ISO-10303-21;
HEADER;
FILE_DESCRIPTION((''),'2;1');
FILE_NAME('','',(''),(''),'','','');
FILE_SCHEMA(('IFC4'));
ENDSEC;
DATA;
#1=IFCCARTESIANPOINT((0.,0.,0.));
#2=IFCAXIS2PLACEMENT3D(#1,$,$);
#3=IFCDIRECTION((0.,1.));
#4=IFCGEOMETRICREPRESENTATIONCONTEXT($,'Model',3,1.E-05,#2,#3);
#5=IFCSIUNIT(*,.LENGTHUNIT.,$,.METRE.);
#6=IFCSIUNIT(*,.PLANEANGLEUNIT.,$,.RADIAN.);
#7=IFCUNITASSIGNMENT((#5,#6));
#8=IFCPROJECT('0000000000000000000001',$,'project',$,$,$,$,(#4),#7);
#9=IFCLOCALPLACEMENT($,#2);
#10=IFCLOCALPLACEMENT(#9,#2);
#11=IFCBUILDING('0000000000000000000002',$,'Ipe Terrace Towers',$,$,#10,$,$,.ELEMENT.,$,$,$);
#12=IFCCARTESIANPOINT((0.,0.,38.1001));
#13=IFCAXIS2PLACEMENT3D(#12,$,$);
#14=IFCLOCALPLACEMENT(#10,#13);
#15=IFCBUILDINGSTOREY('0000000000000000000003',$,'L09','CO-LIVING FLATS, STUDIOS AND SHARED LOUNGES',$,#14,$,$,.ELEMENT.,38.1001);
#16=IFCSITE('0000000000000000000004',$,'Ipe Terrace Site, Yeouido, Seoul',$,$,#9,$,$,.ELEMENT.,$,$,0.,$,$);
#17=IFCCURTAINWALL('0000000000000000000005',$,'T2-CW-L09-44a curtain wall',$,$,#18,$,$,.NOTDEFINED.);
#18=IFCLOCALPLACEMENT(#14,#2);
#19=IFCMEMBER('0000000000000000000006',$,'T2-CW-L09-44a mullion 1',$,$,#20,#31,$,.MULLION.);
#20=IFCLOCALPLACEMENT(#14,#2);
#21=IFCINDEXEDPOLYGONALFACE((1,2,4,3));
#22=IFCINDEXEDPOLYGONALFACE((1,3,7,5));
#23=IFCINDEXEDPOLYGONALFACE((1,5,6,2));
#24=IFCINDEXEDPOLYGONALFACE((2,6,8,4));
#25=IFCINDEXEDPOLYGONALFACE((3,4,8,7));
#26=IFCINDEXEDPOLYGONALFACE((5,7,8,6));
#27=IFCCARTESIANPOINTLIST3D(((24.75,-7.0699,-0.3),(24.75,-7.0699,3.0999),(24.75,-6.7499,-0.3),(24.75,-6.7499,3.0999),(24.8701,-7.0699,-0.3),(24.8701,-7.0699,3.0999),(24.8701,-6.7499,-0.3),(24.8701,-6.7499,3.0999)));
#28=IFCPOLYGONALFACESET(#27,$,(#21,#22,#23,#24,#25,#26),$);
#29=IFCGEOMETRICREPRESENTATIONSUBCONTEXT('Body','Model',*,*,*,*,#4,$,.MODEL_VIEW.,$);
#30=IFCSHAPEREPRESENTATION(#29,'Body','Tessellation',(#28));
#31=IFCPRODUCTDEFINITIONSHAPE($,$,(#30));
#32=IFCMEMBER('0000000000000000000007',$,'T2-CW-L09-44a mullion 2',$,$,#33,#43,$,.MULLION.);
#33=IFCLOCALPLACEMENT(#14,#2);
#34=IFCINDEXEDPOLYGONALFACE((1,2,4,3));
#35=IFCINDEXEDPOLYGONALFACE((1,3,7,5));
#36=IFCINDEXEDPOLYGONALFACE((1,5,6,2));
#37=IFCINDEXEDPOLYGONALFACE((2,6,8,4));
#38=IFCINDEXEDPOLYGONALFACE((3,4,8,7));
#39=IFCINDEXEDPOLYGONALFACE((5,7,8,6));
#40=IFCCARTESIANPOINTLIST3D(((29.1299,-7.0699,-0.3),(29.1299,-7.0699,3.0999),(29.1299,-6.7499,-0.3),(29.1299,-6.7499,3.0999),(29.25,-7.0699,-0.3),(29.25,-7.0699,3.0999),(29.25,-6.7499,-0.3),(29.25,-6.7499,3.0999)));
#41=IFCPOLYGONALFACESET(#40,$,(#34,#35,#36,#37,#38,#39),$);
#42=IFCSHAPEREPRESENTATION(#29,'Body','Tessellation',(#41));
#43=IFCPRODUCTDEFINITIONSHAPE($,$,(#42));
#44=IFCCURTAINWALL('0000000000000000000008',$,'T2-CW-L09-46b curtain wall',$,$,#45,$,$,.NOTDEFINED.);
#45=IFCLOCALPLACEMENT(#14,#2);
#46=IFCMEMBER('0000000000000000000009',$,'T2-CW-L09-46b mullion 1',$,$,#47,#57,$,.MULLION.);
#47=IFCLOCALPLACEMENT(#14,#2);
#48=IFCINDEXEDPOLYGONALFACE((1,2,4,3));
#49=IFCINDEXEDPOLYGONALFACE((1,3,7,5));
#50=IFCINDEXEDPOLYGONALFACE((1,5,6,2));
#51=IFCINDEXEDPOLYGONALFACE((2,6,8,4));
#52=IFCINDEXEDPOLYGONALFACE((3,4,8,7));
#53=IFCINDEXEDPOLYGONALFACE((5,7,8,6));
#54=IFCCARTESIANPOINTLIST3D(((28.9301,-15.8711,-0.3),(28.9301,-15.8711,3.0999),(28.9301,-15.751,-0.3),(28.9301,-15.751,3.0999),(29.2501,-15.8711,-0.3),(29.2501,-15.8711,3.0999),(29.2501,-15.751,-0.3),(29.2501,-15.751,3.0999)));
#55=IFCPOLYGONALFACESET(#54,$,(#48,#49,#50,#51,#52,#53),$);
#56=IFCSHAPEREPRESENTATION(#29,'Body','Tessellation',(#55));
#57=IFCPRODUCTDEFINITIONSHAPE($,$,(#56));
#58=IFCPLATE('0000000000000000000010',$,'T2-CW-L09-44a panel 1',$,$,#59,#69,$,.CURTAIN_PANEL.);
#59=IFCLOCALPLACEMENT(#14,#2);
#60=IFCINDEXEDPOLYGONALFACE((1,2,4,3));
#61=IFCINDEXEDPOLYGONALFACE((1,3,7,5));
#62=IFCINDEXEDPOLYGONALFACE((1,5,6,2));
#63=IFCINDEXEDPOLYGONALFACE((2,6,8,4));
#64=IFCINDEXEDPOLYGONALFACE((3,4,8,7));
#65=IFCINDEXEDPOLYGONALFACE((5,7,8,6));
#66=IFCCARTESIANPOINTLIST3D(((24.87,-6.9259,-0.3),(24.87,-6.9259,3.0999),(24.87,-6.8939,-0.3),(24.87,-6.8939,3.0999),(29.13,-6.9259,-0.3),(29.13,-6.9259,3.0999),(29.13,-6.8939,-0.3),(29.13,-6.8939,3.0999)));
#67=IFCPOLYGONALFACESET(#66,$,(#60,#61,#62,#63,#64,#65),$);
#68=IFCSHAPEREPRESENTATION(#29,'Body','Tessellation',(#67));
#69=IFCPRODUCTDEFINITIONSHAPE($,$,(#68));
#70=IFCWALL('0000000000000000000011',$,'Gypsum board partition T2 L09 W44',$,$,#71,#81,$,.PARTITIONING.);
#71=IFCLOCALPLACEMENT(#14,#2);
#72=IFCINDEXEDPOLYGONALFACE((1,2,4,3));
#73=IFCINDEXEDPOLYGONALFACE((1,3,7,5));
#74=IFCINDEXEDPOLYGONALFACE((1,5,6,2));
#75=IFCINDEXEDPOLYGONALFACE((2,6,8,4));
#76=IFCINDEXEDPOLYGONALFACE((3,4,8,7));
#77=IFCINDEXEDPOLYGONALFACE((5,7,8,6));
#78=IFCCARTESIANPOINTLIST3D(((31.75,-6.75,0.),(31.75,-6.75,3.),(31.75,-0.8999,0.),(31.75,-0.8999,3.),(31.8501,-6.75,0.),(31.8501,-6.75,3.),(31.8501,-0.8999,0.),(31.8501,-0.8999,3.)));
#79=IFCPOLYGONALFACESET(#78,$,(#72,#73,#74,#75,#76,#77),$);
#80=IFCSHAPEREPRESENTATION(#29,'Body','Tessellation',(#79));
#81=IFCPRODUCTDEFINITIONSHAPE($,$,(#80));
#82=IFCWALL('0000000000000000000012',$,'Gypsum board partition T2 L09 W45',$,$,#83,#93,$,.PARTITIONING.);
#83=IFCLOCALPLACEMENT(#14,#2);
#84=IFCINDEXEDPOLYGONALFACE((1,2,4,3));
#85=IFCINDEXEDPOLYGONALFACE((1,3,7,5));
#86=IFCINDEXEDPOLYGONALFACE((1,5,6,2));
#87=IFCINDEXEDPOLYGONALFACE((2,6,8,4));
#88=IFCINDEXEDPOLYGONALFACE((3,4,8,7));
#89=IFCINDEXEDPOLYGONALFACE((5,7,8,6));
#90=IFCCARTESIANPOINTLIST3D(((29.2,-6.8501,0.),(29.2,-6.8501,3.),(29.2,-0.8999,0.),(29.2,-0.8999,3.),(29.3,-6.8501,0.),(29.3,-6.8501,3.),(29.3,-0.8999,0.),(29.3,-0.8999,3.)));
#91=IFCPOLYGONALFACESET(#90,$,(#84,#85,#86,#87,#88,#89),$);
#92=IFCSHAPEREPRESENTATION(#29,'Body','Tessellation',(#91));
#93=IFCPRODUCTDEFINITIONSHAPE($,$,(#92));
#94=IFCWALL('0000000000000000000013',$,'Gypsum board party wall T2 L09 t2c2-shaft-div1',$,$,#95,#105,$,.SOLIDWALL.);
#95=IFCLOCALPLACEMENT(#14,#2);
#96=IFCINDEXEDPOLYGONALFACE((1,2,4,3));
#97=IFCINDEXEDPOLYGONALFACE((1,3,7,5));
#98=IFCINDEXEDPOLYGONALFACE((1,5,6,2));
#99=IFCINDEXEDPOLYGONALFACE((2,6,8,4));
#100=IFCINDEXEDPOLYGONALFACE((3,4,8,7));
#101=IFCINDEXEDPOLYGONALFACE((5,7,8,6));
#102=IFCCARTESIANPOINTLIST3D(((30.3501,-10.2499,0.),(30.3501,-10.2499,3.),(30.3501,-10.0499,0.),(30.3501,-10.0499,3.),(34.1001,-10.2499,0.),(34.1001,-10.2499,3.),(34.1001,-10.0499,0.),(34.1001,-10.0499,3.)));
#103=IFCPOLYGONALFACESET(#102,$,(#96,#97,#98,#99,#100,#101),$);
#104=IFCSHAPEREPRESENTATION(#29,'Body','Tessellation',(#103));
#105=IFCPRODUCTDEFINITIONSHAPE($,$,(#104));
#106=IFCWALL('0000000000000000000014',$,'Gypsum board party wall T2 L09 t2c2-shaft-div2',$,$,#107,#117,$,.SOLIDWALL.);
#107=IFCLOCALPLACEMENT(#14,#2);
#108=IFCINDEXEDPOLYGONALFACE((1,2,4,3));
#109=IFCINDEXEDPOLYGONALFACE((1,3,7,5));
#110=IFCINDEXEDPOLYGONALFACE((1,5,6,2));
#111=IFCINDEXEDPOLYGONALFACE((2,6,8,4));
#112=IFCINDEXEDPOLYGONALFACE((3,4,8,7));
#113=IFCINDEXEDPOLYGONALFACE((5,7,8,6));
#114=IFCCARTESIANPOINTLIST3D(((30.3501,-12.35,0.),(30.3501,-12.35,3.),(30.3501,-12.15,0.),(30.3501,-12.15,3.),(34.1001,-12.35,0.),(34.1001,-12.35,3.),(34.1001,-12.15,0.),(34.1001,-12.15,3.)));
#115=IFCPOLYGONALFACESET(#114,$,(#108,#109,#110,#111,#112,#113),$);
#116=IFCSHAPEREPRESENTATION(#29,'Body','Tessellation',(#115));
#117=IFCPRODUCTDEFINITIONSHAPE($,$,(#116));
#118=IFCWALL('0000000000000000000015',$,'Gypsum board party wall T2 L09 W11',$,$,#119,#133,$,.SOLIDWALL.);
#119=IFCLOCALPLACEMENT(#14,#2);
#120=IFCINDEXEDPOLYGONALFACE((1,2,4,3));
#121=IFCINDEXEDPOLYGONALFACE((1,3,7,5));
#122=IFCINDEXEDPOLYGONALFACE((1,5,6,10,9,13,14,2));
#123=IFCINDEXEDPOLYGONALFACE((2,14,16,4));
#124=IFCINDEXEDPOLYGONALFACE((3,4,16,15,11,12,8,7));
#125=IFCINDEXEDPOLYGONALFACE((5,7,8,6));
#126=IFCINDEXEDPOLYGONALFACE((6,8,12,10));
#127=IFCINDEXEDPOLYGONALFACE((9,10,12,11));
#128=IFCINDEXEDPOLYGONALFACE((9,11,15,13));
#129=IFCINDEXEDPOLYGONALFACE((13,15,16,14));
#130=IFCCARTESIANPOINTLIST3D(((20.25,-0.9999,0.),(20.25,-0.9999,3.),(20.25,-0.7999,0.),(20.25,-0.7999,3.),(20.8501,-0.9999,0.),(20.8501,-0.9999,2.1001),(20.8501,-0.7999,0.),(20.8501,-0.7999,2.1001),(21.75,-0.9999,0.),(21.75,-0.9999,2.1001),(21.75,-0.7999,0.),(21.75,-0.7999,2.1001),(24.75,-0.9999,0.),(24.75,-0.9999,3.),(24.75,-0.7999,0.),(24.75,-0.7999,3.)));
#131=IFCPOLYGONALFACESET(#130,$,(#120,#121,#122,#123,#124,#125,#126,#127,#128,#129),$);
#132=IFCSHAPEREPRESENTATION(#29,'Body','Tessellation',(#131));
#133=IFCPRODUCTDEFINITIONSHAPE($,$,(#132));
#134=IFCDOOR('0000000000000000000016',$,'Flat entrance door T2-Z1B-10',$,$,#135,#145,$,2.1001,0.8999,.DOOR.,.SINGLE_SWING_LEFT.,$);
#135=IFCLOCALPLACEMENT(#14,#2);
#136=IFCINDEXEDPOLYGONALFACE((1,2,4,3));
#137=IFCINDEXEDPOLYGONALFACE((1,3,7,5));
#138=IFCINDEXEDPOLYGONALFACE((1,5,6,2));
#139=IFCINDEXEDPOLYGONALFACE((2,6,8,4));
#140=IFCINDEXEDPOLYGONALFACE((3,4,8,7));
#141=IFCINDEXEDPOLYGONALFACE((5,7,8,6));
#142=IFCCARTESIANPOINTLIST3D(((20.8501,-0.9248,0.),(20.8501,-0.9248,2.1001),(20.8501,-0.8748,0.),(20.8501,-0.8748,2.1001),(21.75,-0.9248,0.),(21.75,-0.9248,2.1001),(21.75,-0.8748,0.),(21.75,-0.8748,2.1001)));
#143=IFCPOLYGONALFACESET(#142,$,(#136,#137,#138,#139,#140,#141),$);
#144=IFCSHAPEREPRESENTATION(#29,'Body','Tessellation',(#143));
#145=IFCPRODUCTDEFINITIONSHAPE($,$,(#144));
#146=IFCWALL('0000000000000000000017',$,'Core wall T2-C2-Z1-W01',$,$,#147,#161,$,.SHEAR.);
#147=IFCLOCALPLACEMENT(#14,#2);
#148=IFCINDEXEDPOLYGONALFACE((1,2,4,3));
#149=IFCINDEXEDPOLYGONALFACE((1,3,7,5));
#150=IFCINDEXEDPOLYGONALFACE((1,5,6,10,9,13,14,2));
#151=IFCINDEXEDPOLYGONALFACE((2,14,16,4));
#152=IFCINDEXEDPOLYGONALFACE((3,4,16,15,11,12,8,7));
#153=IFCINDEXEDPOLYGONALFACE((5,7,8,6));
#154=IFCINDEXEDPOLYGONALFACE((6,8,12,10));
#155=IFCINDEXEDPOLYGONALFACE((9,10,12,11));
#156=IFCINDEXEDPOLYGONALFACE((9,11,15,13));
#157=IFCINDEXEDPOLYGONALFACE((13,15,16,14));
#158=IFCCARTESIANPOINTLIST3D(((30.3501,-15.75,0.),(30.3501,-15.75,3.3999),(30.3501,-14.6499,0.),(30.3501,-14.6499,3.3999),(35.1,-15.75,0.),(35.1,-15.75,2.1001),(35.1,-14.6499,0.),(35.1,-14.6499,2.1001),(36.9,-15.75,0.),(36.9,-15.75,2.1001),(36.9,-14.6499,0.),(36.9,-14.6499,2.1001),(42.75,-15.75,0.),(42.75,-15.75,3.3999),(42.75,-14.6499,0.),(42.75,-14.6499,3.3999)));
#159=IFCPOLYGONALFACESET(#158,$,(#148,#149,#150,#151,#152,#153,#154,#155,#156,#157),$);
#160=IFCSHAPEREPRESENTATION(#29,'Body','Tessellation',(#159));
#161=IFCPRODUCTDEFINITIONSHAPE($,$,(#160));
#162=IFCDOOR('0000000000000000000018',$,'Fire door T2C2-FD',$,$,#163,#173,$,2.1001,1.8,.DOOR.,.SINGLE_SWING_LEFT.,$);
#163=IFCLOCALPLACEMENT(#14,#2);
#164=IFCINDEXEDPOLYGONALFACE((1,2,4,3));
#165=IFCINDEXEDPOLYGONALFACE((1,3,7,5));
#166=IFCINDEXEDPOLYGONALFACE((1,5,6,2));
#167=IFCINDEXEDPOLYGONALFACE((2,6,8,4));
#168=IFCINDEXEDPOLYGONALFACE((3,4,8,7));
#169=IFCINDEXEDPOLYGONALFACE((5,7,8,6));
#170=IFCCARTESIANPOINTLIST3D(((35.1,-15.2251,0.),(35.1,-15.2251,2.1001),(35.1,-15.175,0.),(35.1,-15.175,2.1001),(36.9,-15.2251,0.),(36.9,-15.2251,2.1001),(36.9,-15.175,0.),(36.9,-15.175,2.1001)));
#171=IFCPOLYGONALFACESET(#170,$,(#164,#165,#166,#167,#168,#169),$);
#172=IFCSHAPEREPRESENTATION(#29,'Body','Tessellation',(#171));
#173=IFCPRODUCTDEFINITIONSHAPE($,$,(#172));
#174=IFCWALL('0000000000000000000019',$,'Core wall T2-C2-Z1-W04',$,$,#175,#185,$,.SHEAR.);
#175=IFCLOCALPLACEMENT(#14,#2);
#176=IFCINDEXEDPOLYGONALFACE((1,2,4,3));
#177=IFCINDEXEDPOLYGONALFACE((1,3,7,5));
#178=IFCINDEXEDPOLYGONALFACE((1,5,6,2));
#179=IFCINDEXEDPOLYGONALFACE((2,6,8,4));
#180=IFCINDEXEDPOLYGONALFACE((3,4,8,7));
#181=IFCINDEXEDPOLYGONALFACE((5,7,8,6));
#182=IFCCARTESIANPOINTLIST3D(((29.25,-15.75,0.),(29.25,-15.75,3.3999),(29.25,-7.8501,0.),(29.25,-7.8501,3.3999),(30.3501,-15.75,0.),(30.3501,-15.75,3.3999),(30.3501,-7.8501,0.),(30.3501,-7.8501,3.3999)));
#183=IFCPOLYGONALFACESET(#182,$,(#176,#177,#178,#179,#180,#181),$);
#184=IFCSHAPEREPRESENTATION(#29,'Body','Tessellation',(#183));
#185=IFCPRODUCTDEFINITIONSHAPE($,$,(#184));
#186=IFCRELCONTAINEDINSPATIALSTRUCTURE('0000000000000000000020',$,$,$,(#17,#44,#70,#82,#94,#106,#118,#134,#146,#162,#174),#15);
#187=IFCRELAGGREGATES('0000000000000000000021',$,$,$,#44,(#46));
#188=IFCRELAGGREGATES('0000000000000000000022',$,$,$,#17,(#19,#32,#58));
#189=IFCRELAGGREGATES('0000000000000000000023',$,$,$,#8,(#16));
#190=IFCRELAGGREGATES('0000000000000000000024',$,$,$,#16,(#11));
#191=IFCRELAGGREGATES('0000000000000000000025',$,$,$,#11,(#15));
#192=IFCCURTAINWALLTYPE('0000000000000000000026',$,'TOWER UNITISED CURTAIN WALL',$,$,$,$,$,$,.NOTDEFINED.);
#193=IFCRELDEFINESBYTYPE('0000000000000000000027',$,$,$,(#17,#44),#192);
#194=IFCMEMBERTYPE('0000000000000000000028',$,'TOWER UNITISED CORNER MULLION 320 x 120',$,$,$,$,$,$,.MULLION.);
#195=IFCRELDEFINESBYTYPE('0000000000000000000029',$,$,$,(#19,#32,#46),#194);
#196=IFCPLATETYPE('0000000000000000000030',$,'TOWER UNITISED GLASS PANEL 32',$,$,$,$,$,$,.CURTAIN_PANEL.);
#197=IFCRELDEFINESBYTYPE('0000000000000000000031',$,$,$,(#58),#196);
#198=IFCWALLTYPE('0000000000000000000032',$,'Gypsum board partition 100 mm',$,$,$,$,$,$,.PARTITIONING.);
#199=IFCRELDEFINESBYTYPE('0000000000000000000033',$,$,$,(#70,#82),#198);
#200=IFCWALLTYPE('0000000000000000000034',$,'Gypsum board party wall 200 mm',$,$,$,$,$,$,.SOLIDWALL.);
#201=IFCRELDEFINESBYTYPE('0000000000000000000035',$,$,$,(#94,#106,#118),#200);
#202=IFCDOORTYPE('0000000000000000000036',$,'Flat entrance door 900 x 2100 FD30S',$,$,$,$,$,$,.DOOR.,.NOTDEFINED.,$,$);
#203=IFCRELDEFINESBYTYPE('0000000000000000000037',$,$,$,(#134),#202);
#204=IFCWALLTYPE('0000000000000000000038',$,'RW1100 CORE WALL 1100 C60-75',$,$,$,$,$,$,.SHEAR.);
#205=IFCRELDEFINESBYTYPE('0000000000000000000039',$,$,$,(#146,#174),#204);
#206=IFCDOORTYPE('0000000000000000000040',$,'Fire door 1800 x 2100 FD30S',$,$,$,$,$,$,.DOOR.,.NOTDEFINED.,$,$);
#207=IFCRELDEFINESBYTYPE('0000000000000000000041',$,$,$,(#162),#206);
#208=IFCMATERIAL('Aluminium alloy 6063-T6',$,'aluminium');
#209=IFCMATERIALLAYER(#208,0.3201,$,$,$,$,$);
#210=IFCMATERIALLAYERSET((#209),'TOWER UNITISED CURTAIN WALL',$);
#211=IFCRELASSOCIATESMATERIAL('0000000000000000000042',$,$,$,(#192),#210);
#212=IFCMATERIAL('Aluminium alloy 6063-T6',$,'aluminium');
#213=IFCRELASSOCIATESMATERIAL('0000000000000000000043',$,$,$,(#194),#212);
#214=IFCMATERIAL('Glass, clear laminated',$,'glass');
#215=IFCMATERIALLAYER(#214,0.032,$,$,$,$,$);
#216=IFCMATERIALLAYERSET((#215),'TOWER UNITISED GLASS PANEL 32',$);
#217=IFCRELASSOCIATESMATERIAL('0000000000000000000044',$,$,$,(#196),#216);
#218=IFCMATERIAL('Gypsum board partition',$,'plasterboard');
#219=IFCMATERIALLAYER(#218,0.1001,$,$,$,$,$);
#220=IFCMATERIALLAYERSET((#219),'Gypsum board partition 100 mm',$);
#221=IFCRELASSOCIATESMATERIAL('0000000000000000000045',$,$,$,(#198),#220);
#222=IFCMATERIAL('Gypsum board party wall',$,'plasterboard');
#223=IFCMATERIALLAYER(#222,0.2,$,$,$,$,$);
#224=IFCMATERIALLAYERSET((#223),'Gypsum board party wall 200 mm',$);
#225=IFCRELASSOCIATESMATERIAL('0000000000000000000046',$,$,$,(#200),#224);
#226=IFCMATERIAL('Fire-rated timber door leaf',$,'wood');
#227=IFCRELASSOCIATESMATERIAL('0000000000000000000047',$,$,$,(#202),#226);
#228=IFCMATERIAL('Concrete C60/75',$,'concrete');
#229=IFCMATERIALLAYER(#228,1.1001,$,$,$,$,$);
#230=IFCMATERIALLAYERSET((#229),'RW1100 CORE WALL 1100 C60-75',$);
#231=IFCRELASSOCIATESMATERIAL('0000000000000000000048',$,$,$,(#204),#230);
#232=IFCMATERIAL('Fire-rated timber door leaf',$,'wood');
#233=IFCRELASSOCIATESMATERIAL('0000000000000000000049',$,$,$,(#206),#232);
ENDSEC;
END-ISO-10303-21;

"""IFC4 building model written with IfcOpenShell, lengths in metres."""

from ifc_helpers import new_model, si_unit, direction, frame, frame_2d, origin, origin_2d, place, context, subcontext, project, spatial, rectangle, extrude, material, layer, layer_set, material_profile, profile_set, type_object, element, fill, aggregate, save


model = new_model("IFC4")

# Units and contexts
model_context = context("Model", 3, precision=1e-05, world=origin(), true_north=direction((0.0, 1.0)))
body_context = subcontext(model_context, "Body", "Model", "MODEL_VIEW")
ifc_project = project(units=[si_unit("LENGTHUNIT", "METRE"), si_unit("PLANEANGLEUNIT", "RADIAN")], contexts=[model_context])

# Site, building, storey
site_placement = place(None, origin())
site = spatial("IfcSite", under=ifc_project, at=site_placement, Name="Ipe Terrace Site, Yeouido, Seoul", CompositionType="ELEMENT", RefElevation=0.0)
building_placement = place(site_placement, origin())
building = spatial("IfcBuilding", under=site, at=building_placement, Name="Ipe Terrace Towers", CompositionType="ELEMENT")
storey_placement = place(building_placement, frame((0.0, 0.0, 38.1001)))
storey = spatial("IfcBuildingStorey", under=building, at=storey_placement, Name="L09", Description="CO-LIVING FLATS, STUDIOS AND SHARED LOUNGES", CompositionType="ELEMENT", Elevation=38.1001)

# Curtain wall, members
ifc_material_1 = material(Name="Aluminium alloy 6063-T6", Category="aluminium")
ifc_layer_1 = layer(ifc_material_1, 0.3201)
ifc_layer_set_1 = layer_set([ifc_layer_1], Name="TOWER UNITISED CURTAIN WALL")
curtain_wall_type = type_object("IfcCurtainWallType", Name="TOWER UNITISED CURTAIN WALL", PredefinedType="NOTDEFINED", material=ifc_layer_set_1)
curtain_wall_1_placement = place(storey_placement, origin())
curtain_wall_1 = element("IfcCurtainWall", 1, at=curtain_wall_1_placement, inside=storey, type_object=curtain_wall_type, Name="T2-CW-L09-44a curtain wall", PredefinedType="NOTDEFINED")
ifc_material_2 = material(Name="Aluminium alloy 6063-T6", Category="aluminium")
ifc_material_profile_1 = material_profile(ifc_material_2, rectangle(XDim=0.3201, YDim=0.1201, at=origin_2d()), Name="TOWER UNITISED CORNER MULLION 320 x 120")
ifc_profile_set_1 = profile_set([ifc_material_profile_1], Name="Aluminium alloy 6063-T6")
member_type = type_object("IfcMemberType", Name="TOWER UNITISED CORNER MULLION 320 x 120", PredefinedType="MULLION", material=ifc_profile_set_1)
member_1_placement = place(storey_placement, frame((24.8101, -6.9099, -0.3), z_axis=(0.0, 0.0, 1.0), x_axis=(0.0, -1.0, 0.0)))
member_1 = element("IfcMember", 2, at=member_1_placement, type_object=member_type, Name="T2-CW-L09-44a mullion 1", PredefinedType="MULLION", context=body_context, shape_type="SweptSolid", body=[
    extrude(rectangle(XDim=0.3201, YDim=0.1201, at=origin_2d()), origin(), (0.0, 0.0, 1.0), 3.3999),
])
member_2_placement = place(storey_placement, frame((29.1899, -6.9099, -0.3), z_axis=(0.0, 0.0, 1.0), x_axis=(0.0, -1.0, 0.0)))
member_2 = element("IfcMember", 3, at=member_2_placement, type_object=member_type, Name="T2-CW-L09-44a mullion 2", PredefinedType="MULLION", context=body_context, shape_type="SweptSolid", body=[
    extrude(rectangle(XDim=0.3201, YDim=0.1201, at=origin_2d()), origin(), (0.0, 0.0, 1.0), 3.3999),
])

# Curtain wall, member
curtain_wall_2_placement = place(storey_placement, origin())
curtain_wall_2 = element("IfcCurtainWall", 4, at=curtain_wall_2_placement, inside=storey, type_object=curtain_wall_type, Name="T2-CW-L09-46b curtain wall", PredefinedType="NOTDEFINED")
member_3_placement = place(storey_placement, frame((29.0901, -15.811, -0.3), z_axis=(0.0, 0.0, 1.0), x_axis=(-1.0, 0.0, 0.0)))
member_3 = element("IfcMember", 5, at=member_3_placement, type_object=member_type, Name="T2-CW-L09-46b mullion 1", PredefinedType="MULLION", context=body_context, shape_type="SweptSolid", body=[
    extrude(rectangle(XDim=0.3201, YDim=0.1201, at=origin_2d()), origin(), (0.0, 0.0, 1.0), 3.3999),
])
aggregate(curtain_wall_2, [member_3])

# Plate
ifc_material_3 = material(Name="Glass, clear laminated", Category="glass")
ifc_layer_2 = layer(ifc_material_3, 0.032)
ifc_layer_set_2 = layer_set([ifc_layer_2], Name="TOWER UNITISED GLASS PANEL 32")
plate_type = type_object("IfcPlateType", Name="TOWER UNITISED GLASS PANEL 32", PredefinedType="CURTAIN_PANEL", material=ifc_layer_set_2)
plate_placement = place(storey_placement, frame((27.0, -6.9099, -0.3), z_axis=(0.0, 0.0, 1.0), x_axis=(1.0, 0.0, 0.0)))
plate = element("IfcPlate", 6, at=plate_placement, type_object=plate_type, Name="T2-CW-L09-44a panel 1", PredefinedType="CURTAIN_PANEL", context=body_context, shape_type="SweptSolid", body=[
    extrude(rectangle(XDim=4.26, YDim=0.032, at=origin_2d()), origin(), (0.0, 0.0, 1.0), 3.3999),
])
aggregate(curtain_wall_1, [member_1, member_2, plate])

# Walls
ifc_material_4 = material(Name="Gypsum board partition", Category="plasterboard")
ifc_layer_3 = layer(ifc_material_4, 0.1001)
ifc_layer_set_3 = layer_set([ifc_layer_3], Name="Gypsum board partition 100 mm")
wall_type_1 = type_object("IfcWallType", Name="Gypsum board partition 100 mm", PredefinedType="PARTITIONING", material=ifc_layer_set_3)
wall_1_placement = place(storey_placement, frame((31.8, -6.75, 0.0), z_axis=(0.0, 0.0, 1.0), x_axis=(0.0, 1.0, 0.0)))
element("IfcWall", 7, at=wall_1_placement, inside=storey, type_object=wall_type_1, Name="Gypsum board partition T2 L09 W44", PredefinedType="PARTITIONING", context=body_context, shape_type="SweptSolid", body=[
    extrude(rectangle(XDim=5.8501, YDim=0.1001, at=frame_2d((2.925, 0.0))), origin(), (0.0, 0.0, 1.0), 3.0),
])
wall_2_placement = place(storey_placement, frame((29.25, -6.8501, 0.0), z_axis=(0.0, 0.0, 1.0), x_axis=(0.0, 1.0, 0.0)))
element("IfcWall", 8, at=wall_2_placement, inside=storey, type_object=wall_type_1, Name="Gypsum board partition T2 L09 W45", PredefinedType="PARTITIONING", context=body_context, shape_type="SweptSolid", body=[
    extrude(rectangle(XDim=5.9502, YDim=0.1001, at=frame_2d((2.9751, 0.0))), origin(), (0.0, 0.0, 1.0), 3.0),
])
ifc_material_5 = material(Name="Gypsum board party wall", Category="plasterboard")
ifc_layer_4 = layer(ifc_material_5, 0.2)
ifc_layer_set_4 = layer_set([ifc_layer_4], Name="Gypsum board party wall 200 mm")
wall_type_2 = type_object("IfcWallType", Name="Gypsum board party wall 200 mm", PredefinedType="SOLIDWALL", material=ifc_layer_set_4)
for number, where, z_axis, x_axis, name in (
    (9, (30.3501, -10.1499, 0.0), (0.0, 0.0, 1.0), (1.0, 0.0, 0.0), "Gypsum board party wall T2 L09 t2c2-shaft-div1"),
    (10, (30.3501, -12.25, 0.0), (0.0, 0.0, 1.0), (1.0, 0.0, 0.0), "Gypsum board party wall T2 L09 t2c2-shaft-div2"),
):
    element("IfcWall", number, at=place(storey_placement, frame(where, z_axis=z_axis, x_axis=x_axis)), inside=storey, type_object=wall_type_2, Name=name, PredefinedType="SOLIDWALL", context=body_context, shape_type="SweptSolid", body=[
        extrude(rectangle(XDim=3.75, YDim=0.2, at=frame_2d((1.875, 0.0))), origin(), (0.0, 0.0, 1.0), 3.0),
    ])

# Walls, openings, doors
wall_3_placement = place(storey_placement, frame((24.75, -0.8999, 0.0), z_axis=(0.0, 0.0, 1.0), x_axis=(-1.0, 0.0, 0.0)))
wall_3 = element("IfcWall", 11, at=wall_3_placement, inside=storey, type_object=wall_type_2, Name="Gypsum board party wall T2 L09 W11", PredefinedType="SOLIDWALL", context=body_context, shape_type="SweptSolid", body=[
    extrude(rectangle(XDim=4.5, YDim=0.2, at=frame_2d((2.25, 0.0))), origin(), (0.0, 0.0, 1.0), 3.0),
])
opening_1_placement = place(wall_3_placement, frame((3.0, 0.0, 0.0)))
opening_1 = element("IfcOpeningElement", 12, at=opening_1_placement, cuts=wall_3, PredefinedType="OPENING", context=body_context, shape_type="SweptSolid", body=[
    extrude(rectangle(XDim=0.8999, YDim=2.1001, at=frame_2d((0.45, 1.05))), frame((0.0, 0.1099, 0.0), z_axis=(0.0, -1.0, 0.0), x_axis=(1.0, 0.0, 0.0)), (0.0, 0.0, 1.0), 0.22),
])
ifc_material_6 = material(Name="Fire-rated timber door leaf", Category="wood")
door_type_1 = type_object("IfcDoorType", Name="Flat entrance door 900 x 2100 FD30S", OperationType="NOTDEFINED", PredefinedType="DOOR", material=ifc_material_6)
door_1_placement = place(opening_1_placement, origin())
door_1 = element("IfcDoor", 13, at=door_1_placement, inside=storey, type_object=door_type_1, Name="Flat entrance door T2-Z1B-10", OperationType="SINGLE_SWING_LEFT", OverallHeight=2.1001, OverallWidth=0.8999, PredefinedType="DOOR", context=body_context, shape_type="SweptSolid", body=[
    extrude(rectangle(XDim=0.8999, YDim=2.1001, at=frame_2d((0.45, 1.05))), frame((0.0, 0.0249, 0.0), z_axis=(0.0, -1.0, 0.0), x_axis=(1.0, 0.0, 0.0)), (0.0, 0.0, 1.0), 0.05),
])
fill(opening_1, door_1)
ifc_material_7 = material(Name="Concrete C60/75", Category="concrete")
ifc_layer_5 = layer(ifc_material_7, 1.1001)
ifc_layer_set_5 = layer_set([ifc_layer_5], Name="RW1100 CORE WALL 1100 C60-75")
wall_type_3 = type_object("IfcWallType", Name="RW1100 CORE WALL 1100 C60-75", PredefinedType="SHEAR", material=ifc_layer_set_5)
wall_4_placement = place(storey_placement, frame((30.3501, -15.2, 0.0), z_axis=(0.0, 0.0, 1.0), x_axis=(1.0, 0.0, 0.0)))
wall_4 = element("IfcWall", 14, at=wall_4_placement, inside=storey, type_object=wall_type_3, Name="Core wall T2-C2-Z1-W01", PredefinedType="SHEAR", context=body_context, shape_type="SweptSolid", body=[
    extrude(rectangle(XDim=12.3999, YDim=1.1001, at=frame_2d((6.2, 0.0))), origin(), (0.0, 0.0, 1.0), 3.3999),
])
opening_2_placement = place(wall_4_placement, frame((4.75, 0.0, 0.0)))
opening_2 = element("IfcOpeningElement", 15, at=opening_2_placement, cuts=wall_4, PredefinedType="OPENING", context=body_context, shape_type="SweptSolid", body=[
    extrude(rectangle(XDim=1.8, YDim=2.1001, at=frame_2d((0.8999, 1.05))), frame((0.0, 0.5601, 0.0), z_axis=(0.0, -1.0, 0.0), x_axis=(1.0, 0.0, 0.0)), (0.0, 0.0, 1.0), 1.1201),
])
ifc_material_8 = material(Name="Fire-rated timber door leaf", Category="wood")
door_type_2 = type_object("IfcDoorType", Name="Fire door 1800 x 2100 FD30S", OperationType="NOTDEFINED", PredefinedType="DOOR", material=ifc_material_8)
door_2_placement = place(opening_2_placement, origin())
door_2 = element("IfcDoor", 16, at=door_2_placement, inside=storey, type_object=door_type_2, Name="Fire door T2C2-FD", OperationType="SINGLE_SWING_LEFT", OverallHeight=2.1001, OverallWidth=1.8, PredefinedType="DOOR", context=body_context, shape_type="SweptSolid", body=[
    extrude(rectangle(XDim=1.8, YDim=2.1001, at=frame_2d((0.8999, 1.05))), frame((0.0, 0.0249, 0.0), z_axis=(0.0, -1.0, 0.0), x_axis=(1.0, 0.0, 0.0)), (0.0, 0.0, 1.0), 0.05),
])
fill(opening_2, door_2)

# Wall
wall_5_placement = place(storey_placement, frame((29.8, -7.8501, 0.0), z_axis=(0.0, 0.0, 1.0), x_axis=(0.0, -1.0, 0.0)))
element("IfcWall", 17, at=wall_5_placement, inside=storey, type_object=wall_type_3, Name="Core wall T2-C2-Z1-W04", PredefinedType="SHEAR", context=body_context, shape_type="SweptSolid", body=[
    extrude(rectangle(XDim=7.8999, YDim=1.1001, at=frame_2d((3.95, 0.0))), origin(), (0.0, 0.0, 1.0), 3.3999),
])

save(model, "model.ifc")
